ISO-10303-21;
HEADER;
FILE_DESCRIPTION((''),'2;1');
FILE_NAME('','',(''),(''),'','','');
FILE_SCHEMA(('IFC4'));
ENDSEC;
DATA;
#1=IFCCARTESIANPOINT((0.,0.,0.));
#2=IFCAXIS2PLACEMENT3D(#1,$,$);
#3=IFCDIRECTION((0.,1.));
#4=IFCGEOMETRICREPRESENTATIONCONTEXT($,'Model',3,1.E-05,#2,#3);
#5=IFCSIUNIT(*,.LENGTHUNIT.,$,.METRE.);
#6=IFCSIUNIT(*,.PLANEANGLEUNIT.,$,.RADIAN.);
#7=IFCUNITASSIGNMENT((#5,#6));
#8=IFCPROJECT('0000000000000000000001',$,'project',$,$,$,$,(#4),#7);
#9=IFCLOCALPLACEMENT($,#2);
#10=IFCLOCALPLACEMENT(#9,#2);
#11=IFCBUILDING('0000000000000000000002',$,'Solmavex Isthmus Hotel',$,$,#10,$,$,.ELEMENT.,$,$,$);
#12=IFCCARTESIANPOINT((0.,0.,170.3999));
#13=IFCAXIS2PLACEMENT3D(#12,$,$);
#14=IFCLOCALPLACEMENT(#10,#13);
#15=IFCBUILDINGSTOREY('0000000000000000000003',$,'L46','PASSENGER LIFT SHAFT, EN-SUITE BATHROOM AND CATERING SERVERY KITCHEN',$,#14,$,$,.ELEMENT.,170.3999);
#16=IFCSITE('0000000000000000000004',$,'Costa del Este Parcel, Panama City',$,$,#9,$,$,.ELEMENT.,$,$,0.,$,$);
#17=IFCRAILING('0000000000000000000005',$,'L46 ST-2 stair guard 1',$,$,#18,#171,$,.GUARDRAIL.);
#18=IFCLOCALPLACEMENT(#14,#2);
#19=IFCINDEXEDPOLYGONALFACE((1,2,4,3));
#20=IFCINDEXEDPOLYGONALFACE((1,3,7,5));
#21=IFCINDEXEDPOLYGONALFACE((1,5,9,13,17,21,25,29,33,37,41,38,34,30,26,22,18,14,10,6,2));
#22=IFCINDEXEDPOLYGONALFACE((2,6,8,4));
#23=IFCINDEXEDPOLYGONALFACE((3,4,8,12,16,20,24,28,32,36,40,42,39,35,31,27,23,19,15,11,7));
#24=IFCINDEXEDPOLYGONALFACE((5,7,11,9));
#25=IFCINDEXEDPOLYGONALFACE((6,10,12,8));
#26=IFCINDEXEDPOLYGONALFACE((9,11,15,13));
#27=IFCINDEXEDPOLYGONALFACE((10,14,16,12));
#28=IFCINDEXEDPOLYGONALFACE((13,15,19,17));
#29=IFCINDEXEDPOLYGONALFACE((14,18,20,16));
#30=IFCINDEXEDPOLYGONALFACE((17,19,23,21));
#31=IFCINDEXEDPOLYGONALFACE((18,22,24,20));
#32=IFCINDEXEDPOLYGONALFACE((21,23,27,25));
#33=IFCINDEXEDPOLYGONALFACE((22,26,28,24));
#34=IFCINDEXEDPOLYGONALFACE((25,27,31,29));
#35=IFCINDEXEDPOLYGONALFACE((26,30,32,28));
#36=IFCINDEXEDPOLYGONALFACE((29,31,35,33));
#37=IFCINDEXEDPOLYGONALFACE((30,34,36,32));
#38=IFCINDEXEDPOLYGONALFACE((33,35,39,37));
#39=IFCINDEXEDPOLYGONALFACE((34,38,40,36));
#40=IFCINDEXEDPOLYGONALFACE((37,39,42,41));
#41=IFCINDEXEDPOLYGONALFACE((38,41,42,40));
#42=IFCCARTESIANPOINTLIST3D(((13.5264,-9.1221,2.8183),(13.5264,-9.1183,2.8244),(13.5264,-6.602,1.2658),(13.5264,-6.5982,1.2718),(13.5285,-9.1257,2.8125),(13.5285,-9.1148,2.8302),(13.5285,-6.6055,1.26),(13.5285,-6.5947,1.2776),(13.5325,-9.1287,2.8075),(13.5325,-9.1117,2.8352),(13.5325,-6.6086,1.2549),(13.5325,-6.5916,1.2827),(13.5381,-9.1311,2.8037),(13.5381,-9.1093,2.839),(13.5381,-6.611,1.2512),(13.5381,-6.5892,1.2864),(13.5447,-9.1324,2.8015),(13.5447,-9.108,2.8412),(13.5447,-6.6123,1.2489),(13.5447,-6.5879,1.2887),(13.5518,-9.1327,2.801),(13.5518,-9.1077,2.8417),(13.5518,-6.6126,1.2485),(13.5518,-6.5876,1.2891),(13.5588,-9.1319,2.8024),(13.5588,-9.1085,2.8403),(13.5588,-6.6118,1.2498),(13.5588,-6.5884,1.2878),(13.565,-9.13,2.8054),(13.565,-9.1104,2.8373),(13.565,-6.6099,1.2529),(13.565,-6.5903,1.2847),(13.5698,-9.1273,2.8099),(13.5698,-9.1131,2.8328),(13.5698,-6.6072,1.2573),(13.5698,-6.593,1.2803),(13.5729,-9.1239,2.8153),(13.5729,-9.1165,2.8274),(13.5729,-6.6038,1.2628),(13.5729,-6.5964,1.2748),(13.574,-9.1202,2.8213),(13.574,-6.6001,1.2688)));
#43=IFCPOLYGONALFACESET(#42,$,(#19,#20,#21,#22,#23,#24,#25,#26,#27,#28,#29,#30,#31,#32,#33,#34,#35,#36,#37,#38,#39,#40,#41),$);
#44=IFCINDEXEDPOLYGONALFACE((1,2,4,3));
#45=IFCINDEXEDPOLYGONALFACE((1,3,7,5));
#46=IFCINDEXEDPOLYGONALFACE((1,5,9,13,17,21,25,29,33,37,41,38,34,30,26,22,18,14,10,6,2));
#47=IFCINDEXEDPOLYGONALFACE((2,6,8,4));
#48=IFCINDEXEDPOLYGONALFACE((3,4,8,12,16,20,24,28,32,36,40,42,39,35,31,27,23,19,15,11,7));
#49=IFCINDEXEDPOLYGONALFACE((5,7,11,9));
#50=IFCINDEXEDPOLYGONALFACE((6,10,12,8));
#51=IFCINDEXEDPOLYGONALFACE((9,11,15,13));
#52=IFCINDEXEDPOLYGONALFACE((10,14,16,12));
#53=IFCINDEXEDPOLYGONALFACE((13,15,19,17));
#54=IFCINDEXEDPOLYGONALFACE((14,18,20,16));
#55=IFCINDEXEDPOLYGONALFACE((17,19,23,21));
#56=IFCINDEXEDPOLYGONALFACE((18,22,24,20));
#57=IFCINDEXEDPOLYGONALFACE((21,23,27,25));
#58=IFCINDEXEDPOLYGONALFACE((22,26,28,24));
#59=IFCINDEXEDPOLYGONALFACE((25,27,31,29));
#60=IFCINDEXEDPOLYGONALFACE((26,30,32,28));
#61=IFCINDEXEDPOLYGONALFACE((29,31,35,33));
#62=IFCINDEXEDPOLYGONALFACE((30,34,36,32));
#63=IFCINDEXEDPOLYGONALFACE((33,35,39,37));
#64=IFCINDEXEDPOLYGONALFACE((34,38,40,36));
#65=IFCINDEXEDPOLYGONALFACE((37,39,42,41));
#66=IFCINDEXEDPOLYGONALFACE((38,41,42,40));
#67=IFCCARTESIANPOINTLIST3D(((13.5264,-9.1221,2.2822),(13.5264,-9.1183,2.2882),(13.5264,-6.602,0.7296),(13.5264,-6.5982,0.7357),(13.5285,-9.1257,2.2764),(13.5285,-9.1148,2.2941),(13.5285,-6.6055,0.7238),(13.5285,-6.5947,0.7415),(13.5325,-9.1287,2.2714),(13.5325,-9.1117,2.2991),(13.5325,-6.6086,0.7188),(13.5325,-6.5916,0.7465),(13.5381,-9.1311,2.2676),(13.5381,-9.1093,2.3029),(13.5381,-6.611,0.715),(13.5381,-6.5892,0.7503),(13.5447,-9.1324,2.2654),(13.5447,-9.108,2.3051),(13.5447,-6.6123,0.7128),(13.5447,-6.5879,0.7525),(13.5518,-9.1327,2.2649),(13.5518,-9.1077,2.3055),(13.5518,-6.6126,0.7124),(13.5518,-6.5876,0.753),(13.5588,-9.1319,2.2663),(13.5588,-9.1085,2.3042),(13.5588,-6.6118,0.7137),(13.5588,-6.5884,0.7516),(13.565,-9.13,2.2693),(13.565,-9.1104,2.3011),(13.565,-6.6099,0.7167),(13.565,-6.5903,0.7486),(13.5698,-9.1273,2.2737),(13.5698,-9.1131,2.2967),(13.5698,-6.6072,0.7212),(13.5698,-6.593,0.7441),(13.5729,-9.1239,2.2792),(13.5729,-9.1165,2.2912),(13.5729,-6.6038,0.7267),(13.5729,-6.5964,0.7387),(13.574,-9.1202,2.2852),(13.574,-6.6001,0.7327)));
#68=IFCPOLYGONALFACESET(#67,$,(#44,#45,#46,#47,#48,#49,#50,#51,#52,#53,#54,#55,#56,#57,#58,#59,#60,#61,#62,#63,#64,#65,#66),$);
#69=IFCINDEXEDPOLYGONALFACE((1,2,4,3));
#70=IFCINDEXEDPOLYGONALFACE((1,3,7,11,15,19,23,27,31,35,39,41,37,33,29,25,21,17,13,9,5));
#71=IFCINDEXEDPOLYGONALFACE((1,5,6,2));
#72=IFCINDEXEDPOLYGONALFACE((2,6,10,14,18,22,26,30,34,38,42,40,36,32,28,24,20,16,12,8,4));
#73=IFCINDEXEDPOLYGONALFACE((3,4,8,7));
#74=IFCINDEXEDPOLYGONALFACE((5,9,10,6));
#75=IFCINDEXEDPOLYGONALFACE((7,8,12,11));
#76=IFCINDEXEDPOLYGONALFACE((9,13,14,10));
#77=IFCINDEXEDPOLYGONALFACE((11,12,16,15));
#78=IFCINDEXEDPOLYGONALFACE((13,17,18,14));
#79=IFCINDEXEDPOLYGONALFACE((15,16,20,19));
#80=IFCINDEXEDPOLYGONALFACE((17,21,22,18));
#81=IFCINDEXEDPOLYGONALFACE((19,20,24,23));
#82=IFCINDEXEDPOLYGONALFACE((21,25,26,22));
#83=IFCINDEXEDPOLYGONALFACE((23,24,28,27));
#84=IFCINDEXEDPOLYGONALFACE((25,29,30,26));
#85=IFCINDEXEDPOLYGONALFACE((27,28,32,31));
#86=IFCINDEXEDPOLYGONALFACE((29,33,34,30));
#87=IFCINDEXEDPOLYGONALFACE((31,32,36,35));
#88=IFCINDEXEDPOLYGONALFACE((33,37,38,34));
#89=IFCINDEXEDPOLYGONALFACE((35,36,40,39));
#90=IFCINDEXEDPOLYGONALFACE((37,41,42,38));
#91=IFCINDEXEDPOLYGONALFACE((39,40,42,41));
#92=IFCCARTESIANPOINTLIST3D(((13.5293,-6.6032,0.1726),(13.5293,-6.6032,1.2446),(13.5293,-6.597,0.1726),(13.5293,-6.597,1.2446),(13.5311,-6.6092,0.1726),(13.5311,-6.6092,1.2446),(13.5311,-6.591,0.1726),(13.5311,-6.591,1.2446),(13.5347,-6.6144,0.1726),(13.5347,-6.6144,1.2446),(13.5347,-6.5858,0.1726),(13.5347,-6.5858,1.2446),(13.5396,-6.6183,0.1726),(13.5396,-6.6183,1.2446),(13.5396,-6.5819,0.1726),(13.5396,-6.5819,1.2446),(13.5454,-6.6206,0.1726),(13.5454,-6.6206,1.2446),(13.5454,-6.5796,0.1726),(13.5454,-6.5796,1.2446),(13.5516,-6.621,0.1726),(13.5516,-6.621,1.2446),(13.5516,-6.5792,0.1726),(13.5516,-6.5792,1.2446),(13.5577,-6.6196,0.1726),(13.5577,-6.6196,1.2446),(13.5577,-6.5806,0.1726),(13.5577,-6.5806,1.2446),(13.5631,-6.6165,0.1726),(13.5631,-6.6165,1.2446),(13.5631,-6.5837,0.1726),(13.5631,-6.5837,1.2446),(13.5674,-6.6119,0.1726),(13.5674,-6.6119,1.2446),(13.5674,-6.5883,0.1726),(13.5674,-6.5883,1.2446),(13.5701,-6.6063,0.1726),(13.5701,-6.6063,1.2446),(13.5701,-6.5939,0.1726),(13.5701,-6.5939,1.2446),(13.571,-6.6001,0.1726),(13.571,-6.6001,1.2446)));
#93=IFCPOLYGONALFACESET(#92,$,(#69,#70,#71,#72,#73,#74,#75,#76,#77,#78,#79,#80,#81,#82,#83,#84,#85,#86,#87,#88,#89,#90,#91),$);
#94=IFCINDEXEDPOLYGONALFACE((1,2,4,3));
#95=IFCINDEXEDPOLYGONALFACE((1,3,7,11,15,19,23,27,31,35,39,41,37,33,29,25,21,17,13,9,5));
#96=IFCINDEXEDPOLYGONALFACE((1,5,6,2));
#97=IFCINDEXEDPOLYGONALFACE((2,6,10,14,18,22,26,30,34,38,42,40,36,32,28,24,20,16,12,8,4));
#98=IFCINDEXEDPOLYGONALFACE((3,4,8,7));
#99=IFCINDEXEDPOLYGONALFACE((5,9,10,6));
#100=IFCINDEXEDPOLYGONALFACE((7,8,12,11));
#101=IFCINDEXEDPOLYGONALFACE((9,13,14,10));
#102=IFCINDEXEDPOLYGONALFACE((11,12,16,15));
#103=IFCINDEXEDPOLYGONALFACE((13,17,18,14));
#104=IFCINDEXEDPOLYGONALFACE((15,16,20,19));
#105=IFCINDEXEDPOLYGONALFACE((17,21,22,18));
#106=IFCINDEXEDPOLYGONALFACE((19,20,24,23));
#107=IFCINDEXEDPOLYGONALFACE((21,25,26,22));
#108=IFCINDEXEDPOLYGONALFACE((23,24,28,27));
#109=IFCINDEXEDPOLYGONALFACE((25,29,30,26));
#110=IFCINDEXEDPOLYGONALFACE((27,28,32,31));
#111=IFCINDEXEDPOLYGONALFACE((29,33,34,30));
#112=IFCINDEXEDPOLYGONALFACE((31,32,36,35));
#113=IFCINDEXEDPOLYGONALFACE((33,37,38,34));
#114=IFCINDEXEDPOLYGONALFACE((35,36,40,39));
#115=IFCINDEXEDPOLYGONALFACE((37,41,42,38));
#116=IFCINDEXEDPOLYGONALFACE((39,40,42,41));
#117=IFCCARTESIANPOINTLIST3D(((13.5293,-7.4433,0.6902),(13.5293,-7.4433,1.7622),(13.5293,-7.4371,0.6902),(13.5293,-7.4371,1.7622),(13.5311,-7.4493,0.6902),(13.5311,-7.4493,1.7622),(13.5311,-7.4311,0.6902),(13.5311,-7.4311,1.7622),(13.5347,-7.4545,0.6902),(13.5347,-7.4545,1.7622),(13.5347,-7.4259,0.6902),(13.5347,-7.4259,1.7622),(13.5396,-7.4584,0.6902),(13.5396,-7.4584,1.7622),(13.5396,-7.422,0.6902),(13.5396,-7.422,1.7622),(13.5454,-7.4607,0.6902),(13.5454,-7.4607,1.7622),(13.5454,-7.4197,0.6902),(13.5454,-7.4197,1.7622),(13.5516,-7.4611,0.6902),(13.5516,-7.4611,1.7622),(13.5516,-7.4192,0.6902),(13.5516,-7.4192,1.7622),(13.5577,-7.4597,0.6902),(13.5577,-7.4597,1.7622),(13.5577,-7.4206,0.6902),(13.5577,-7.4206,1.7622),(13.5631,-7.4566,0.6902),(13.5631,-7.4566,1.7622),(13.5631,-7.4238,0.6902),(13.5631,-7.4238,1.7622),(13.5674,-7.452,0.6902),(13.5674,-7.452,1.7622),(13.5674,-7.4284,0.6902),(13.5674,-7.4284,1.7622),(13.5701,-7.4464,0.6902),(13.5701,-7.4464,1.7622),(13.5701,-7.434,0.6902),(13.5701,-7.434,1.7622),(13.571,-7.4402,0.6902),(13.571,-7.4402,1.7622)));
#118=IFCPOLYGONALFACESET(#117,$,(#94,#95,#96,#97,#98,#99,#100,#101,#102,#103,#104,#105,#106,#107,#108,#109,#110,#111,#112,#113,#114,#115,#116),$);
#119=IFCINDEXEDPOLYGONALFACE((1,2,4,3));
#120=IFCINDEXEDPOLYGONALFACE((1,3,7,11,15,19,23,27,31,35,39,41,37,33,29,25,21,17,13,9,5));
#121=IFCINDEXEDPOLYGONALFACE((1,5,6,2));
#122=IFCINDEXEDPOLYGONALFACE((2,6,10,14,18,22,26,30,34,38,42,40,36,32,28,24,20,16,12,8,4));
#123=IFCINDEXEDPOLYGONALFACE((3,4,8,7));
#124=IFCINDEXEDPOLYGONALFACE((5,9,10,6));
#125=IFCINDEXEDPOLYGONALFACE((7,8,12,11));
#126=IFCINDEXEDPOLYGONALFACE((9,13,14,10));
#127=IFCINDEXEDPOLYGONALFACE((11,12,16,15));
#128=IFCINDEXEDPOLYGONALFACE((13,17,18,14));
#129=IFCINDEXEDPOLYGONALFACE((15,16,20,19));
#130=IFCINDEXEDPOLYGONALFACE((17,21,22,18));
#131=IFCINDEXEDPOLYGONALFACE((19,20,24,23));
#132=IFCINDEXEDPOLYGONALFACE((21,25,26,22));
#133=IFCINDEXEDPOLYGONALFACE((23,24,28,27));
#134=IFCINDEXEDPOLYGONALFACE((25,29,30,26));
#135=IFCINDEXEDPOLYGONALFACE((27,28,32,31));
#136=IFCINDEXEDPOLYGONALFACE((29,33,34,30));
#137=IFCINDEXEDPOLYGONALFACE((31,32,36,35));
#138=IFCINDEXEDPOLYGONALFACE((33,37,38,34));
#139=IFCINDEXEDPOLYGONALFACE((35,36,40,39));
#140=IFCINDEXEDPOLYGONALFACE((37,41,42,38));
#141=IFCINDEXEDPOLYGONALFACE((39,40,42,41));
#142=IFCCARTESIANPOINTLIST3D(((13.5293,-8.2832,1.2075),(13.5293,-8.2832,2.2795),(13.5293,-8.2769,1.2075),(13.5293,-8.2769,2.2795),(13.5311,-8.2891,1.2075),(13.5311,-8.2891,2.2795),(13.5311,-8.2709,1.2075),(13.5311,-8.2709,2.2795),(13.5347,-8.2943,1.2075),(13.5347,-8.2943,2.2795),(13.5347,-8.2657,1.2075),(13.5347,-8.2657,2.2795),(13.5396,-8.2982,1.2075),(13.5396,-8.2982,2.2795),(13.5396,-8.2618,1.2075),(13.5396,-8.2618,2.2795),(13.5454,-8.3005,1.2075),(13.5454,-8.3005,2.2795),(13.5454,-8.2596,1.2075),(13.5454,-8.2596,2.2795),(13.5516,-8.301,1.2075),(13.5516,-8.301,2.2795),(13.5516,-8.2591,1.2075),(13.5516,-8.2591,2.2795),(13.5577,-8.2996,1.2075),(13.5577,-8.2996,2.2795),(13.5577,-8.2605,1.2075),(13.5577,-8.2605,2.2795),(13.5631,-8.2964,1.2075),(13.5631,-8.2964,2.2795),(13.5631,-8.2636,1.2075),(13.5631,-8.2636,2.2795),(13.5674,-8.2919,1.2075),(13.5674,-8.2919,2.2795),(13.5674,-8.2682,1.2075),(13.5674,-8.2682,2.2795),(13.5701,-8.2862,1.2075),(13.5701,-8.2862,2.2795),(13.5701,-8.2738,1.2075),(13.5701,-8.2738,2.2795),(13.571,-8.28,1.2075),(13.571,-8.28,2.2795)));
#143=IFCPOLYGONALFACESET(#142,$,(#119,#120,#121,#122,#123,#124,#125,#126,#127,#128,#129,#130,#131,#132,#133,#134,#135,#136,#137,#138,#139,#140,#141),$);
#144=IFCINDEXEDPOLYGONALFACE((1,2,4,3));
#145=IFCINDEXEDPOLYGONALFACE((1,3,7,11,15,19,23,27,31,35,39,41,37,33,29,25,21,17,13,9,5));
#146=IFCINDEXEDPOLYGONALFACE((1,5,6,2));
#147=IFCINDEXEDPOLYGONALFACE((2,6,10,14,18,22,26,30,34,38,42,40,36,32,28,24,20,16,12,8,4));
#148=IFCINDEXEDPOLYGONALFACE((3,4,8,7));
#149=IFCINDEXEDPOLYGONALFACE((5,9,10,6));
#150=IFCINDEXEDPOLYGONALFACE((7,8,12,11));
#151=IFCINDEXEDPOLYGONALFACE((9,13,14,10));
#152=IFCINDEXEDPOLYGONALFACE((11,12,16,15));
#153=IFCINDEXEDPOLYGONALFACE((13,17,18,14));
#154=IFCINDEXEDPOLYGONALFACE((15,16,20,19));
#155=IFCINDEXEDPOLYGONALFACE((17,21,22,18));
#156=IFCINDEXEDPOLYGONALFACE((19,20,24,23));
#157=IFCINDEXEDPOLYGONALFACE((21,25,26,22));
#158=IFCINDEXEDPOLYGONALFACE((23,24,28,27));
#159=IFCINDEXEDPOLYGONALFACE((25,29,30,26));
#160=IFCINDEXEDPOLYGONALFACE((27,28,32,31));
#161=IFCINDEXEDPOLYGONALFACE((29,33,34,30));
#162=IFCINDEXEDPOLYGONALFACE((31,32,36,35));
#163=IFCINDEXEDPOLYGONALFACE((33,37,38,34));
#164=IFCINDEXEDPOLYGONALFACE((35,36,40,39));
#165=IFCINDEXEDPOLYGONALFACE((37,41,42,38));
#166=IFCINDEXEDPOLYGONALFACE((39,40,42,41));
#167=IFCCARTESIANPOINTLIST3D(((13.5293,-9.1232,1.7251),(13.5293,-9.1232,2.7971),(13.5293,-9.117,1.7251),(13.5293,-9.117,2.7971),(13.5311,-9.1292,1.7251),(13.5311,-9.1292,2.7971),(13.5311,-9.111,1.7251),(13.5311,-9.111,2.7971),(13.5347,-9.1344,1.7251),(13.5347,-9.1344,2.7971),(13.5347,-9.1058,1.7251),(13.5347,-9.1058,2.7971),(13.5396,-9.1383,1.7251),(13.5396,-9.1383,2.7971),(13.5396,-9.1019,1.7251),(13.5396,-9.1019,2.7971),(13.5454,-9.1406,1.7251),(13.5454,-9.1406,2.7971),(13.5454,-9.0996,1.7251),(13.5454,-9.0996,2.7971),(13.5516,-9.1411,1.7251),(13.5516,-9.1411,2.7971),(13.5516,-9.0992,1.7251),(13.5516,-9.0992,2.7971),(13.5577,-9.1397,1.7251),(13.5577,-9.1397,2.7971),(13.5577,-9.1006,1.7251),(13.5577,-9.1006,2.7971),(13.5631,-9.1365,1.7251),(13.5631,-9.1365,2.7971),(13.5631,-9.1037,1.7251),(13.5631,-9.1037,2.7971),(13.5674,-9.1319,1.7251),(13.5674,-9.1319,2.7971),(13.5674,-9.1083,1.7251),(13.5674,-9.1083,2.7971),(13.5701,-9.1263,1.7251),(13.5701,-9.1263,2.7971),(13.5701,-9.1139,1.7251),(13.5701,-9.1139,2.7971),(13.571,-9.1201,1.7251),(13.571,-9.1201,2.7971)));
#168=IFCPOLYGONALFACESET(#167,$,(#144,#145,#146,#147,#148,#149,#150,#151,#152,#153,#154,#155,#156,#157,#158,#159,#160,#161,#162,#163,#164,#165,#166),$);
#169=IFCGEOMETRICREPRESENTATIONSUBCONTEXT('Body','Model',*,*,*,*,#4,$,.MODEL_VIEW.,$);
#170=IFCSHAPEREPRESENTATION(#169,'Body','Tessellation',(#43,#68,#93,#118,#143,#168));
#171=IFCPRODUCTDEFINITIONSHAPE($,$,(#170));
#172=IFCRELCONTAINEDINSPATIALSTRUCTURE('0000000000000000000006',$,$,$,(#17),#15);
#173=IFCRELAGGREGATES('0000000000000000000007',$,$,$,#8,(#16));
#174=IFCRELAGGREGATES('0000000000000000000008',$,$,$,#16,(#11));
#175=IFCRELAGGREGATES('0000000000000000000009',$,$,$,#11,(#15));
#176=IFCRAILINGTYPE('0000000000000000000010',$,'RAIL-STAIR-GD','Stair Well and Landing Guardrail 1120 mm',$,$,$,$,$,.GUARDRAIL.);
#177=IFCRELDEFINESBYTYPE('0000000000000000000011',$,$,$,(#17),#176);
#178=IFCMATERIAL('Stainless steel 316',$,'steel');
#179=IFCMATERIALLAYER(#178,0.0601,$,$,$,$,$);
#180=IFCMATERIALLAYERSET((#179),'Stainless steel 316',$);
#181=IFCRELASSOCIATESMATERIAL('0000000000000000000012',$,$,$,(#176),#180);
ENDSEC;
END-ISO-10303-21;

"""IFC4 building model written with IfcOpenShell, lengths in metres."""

from ifc_helpers import new_model, si_unit, direction, frame, origin, origin_2d, place, context, subcontext, project, spatial, circle, extrude, material, layer, layer_set, type_object, element, save


model = new_model("IFC4")

# Units and contexts
model_context = context("Model", 3, precision=1e-05, world=origin(), true_north=direction((0.0, 1.0)))
body_context = subcontext(model_context, "Body", "Model", "MODEL_VIEW")
ifc_project = project(units=[si_unit("LENGTHUNIT", "METRE"), si_unit("PLANEANGLEUNIT", "RADIAN")], contexts=[model_context])

# Site, building, storey
site_placement = place(None, origin())
site = spatial("IfcSite", under=ifc_project, at=site_placement, Name="Costa del Este Parcel, Panama City", CompositionType="ELEMENT", RefElevation=0.0)
building_placement = place(site_placement, origin())
building = spatial("IfcBuilding", under=site, at=building_placement, Name="Solmavex Isthmus Hotel", CompositionType="ELEMENT")
storey_placement = place(building_placement, frame((0.0, 0.0, 170.3999)))
storey = spatial("IfcBuildingStorey", under=building, at=storey_placement, Name="L46", Description="PASSENGER LIFT SHAFT, EN-SUITE BATHROOM AND CATERING SERVERY KITCHEN", CompositionType="ELEMENT", Elevation=170.3999)

# Shared definitions
ifc_material_1 = material(Name="Stainless steel 316", Category="steel")

# Railing
ifc_layer_1 = layer(ifc_material_1, 0.0601)
ifc_layer_set_1 = layer_set([ifc_layer_1], Name="Stainless steel 316")
railing_type_1 = type_object("IfcRailingType", Name="RAIL-STAIR-GD", Description="Stair Well and Landing Guardrail 1120 mm", PredefinedType="GUARDRAIL", material=ifc_layer_set_1)
railing_1_placement = place(storey_placement, frame((13.55, -6.6001, 0.1726)))
element("IfcRailing", 1, at=railing_1_placement, inside=storey, type_object=railing_type_1, Name="L46 ST-2 stair guard 1", PredefinedType="GUARDRAIL", context=body_context, shape_type="SweptSolid", body=[
    extrude(circle(Radius=0.0239, at=origin_2d()), frame((0.0, 0.0, 1.0962), z_axis=(0.0, -0.8514, 0.524516), x_axis=(1.0, 0.0, 0.0)), (0.0, 0.0, 1.0), 2.96),
    extrude(circle(Radius=0.0239, at=origin_2d()), frame((0.0, 0.0, 0.5601), z_axis=(0.0, -0.8514, 0.524516), x_axis=(1.0, 0.0, 0.0)), (0.0, 0.0, 1.0), 2.96),
    extrude(circle(Radius=0.021, at=origin_2d()), origin(), (0.0, 0.0, 1.0), 1.072),
    extrude(circle(Radius=0.021, at=origin_2d()), frame((0.0, -0.8401, 0.5176)), (0.0, 0.0, 1.0), 1.072),
    extrude(circle(Radius=0.021, at=origin_2d()), frame((0.0, -1.6799, 1.0349)), (0.0, 0.0, 1.0), 1.072),
    extrude(circle(Radius=0.021, at=origin_2d()), frame((0.0, -2.52, 1.5525)), (0.0, 0.0, 1.0), 1.072),
])

save(model, "model.ifc")
